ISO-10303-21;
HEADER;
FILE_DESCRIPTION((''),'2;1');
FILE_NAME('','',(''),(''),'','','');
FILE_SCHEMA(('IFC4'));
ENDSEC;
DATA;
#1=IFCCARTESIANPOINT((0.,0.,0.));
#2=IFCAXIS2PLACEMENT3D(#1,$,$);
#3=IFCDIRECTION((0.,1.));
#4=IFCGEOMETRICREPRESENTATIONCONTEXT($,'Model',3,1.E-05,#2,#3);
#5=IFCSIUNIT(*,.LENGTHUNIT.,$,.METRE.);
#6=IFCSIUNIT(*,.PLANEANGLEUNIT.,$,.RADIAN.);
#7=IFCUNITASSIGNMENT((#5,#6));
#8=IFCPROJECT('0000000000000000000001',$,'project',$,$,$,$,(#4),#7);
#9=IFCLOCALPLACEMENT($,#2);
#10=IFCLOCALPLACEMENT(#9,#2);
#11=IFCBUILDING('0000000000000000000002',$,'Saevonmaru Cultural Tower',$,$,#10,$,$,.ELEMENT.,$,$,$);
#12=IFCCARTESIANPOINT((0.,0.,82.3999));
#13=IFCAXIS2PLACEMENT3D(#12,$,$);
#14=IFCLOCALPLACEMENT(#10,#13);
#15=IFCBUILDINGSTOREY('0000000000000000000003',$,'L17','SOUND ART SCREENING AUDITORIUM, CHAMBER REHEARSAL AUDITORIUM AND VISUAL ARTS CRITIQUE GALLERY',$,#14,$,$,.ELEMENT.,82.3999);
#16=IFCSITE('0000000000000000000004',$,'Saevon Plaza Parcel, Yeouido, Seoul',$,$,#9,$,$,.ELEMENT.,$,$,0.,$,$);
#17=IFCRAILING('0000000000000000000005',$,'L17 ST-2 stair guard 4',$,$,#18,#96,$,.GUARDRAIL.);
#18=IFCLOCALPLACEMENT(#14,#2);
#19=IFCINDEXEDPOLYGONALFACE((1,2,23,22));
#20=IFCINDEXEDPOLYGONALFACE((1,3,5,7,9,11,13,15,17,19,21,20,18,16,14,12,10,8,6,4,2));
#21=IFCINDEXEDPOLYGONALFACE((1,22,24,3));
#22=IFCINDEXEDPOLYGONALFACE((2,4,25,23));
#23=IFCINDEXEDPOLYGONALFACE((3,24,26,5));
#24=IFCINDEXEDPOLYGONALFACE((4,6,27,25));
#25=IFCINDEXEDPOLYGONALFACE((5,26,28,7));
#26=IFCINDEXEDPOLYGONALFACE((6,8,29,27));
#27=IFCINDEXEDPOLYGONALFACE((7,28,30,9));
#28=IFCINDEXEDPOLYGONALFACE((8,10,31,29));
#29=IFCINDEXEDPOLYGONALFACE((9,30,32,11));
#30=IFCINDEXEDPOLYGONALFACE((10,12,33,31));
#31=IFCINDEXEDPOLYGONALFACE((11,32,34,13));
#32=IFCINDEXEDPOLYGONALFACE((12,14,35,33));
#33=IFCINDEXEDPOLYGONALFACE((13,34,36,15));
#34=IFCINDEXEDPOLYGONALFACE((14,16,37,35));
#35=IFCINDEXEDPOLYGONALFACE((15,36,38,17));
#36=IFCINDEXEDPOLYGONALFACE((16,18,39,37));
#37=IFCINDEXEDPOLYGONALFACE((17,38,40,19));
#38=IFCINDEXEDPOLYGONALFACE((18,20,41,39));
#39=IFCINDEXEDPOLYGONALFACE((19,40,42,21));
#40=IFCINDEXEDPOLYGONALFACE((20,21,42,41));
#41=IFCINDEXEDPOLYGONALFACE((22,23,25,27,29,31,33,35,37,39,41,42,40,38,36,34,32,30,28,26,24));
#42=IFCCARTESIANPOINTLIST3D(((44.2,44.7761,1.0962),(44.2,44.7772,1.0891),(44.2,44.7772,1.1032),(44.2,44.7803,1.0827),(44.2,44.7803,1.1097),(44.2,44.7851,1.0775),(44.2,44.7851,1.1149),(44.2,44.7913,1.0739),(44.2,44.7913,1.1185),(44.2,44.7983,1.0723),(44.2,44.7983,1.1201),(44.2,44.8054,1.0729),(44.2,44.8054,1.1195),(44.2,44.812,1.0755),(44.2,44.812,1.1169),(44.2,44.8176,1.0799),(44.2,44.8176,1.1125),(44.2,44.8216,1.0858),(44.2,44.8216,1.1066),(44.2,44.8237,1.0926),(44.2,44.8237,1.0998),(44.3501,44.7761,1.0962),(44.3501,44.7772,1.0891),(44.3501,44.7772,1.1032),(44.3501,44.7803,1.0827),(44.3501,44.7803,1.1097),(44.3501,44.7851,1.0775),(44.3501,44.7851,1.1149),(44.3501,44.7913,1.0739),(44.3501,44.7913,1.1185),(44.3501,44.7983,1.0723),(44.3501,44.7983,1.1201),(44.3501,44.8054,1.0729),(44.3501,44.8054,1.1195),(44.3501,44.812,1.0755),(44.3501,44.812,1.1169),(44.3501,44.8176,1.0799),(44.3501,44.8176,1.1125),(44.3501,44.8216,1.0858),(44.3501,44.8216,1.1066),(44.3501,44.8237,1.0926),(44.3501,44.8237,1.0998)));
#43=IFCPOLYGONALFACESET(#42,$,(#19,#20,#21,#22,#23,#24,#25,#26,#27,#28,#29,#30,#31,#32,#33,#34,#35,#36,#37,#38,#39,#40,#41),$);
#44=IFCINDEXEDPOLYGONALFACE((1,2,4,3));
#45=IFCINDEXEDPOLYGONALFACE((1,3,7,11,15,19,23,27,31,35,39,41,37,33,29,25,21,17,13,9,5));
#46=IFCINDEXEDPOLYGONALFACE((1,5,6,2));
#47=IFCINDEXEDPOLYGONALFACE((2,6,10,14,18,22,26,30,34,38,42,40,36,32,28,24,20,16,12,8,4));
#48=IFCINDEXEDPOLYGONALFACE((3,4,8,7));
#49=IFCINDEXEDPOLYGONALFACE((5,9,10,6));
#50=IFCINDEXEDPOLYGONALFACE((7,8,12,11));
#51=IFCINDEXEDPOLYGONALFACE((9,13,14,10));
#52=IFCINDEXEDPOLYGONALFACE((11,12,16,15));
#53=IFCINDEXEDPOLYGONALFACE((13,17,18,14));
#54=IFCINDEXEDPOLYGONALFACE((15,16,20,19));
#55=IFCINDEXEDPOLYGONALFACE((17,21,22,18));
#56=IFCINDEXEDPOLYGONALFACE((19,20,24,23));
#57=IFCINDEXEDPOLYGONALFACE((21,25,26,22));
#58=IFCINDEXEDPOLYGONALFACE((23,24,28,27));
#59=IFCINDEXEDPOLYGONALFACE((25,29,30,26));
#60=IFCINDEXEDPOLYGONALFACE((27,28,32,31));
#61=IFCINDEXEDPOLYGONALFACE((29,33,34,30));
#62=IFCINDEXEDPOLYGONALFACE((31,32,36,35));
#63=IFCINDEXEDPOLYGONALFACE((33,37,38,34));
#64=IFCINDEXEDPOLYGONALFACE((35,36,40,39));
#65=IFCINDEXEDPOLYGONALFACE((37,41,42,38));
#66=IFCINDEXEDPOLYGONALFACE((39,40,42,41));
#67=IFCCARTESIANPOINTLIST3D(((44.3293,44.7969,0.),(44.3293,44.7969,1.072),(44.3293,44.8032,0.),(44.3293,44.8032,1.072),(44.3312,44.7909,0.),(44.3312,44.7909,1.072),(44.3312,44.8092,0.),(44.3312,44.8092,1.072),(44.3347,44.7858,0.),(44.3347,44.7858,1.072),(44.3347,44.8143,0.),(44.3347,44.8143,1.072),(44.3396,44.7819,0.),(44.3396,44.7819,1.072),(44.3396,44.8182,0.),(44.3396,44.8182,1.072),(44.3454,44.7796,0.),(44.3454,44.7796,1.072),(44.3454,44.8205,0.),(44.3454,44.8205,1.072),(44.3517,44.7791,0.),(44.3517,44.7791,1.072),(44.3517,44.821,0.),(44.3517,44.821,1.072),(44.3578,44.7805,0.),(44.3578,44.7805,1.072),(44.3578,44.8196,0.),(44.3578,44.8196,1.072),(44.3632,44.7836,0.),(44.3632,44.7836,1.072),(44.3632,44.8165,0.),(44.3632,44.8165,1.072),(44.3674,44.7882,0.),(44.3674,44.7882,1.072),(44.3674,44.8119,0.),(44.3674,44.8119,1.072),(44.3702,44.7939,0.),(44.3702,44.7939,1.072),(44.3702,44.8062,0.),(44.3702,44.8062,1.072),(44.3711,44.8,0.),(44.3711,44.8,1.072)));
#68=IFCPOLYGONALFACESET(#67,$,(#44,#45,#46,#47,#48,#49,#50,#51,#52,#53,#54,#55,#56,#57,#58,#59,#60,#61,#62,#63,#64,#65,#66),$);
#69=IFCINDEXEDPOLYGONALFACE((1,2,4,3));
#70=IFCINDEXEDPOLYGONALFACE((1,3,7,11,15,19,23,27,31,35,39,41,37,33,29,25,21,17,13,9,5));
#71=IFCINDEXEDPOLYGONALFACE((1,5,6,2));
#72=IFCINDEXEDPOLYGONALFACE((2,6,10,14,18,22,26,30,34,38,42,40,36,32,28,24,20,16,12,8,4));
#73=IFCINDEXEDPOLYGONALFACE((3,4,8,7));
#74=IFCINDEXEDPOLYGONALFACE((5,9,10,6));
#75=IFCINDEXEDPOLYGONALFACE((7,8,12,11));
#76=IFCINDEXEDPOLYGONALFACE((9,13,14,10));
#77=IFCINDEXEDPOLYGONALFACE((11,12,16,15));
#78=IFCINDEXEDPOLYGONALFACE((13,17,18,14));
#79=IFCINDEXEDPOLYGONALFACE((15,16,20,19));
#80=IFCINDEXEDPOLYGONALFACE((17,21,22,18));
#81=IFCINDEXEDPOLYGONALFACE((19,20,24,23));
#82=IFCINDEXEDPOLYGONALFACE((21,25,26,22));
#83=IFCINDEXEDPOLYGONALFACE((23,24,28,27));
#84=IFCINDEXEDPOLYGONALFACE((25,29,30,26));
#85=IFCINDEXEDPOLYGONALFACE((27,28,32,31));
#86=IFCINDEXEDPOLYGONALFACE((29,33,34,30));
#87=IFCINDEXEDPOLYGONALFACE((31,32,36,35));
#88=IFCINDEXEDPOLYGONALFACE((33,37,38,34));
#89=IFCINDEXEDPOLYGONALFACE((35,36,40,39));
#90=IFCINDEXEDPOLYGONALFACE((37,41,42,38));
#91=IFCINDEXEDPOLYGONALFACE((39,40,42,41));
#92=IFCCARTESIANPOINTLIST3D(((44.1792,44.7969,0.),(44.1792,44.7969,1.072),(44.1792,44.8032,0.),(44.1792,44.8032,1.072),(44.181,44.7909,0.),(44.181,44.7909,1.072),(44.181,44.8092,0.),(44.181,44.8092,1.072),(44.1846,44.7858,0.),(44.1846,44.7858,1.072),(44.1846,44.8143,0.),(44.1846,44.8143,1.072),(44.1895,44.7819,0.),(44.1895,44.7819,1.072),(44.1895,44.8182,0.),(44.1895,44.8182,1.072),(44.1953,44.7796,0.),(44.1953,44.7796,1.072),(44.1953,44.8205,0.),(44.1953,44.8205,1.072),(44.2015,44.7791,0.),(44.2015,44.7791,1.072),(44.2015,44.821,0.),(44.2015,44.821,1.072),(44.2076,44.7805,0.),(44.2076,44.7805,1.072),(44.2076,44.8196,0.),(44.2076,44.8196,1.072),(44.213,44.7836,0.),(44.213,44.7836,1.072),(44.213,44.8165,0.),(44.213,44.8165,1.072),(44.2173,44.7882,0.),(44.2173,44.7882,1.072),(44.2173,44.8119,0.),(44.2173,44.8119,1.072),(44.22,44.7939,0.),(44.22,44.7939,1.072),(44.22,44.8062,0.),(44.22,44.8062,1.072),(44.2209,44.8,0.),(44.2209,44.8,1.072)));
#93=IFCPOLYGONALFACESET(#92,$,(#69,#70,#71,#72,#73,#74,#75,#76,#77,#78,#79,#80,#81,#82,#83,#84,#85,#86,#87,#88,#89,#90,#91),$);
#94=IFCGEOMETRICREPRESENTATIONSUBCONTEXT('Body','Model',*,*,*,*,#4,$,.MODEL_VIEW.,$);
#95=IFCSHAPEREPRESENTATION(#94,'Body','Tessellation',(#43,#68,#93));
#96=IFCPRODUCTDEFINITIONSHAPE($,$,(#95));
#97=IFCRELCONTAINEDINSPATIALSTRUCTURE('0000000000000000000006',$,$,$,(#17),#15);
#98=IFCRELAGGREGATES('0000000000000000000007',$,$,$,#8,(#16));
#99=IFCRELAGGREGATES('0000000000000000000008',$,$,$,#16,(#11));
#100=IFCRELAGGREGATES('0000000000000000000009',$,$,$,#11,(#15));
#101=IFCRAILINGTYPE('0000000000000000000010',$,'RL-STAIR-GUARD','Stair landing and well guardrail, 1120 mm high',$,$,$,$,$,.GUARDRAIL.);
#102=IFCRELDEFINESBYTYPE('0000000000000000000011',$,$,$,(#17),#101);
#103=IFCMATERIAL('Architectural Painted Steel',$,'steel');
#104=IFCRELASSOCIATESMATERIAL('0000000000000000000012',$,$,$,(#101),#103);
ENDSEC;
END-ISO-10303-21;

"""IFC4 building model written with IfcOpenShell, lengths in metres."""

from ifc_helpers import new_model, si_unit, direction, frame, origin, origin_2d, place, context, subcontext, project, spatial, circle, extrude, material, type_object, element, save


model = new_model("IFC4")

# Units and contexts
model_context = context("Model", 3, precision=1e-05, world=origin(), true_north=direction((0.0, 1.0)))
body_context = subcontext(model_context, "Body", "Model", "MODEL_VIEW")
ifc_project = project(units=[si_unit("LENGTHUNIT", "METRE"), si_unit("PLANEANGLEUNIT", "RADIAN")], contexts=[model_context])

# Site, building, storey
site_placement = place(None, origin())
site = spatial("IfcSite", under=ifc_project, at=site_placement, Name="Saevon Plaza Parcel, Yeouido, Seoul", CompositionType="ELEMENT", RefElevation=0.0)
building_placement = place(site_placement, origin())
building = spatial("IfcBuilding", under=site, at=building_placement, Name="Saevonmaru Cultural Tower", CompositionType="ELEMENT")
storey_placement = place(building_placement, frame((0.0, 0.0, 82.3999)))
storey = spatial("IfcBuildingStorey", under=building, at=storey_placement, Name="L17", Description="SOUND ART SCREENING AUDITORIUM, CHAMBER REHEARSAL AUDITORIUM AND VISUAL ARTS CRITIQUE GALLERY", CompositionType="ELEMENT", Elevation=82.3999)

# Railing
ifc_material_1 = material(Name="Architectural Painted Steel", Category="steel")
railing_type_1 = type_object("IfcRailingType", Name="RL-STAIR-GUARD", Description="Stair landing and well guardrail, 1120 mm high", PredefinedType="GUARDRAIL", material=ifc_material_1)
railing_1_placement = place(storey_placement, frame((44.3501, 44.8, 0.0)))
element("IfcRailing", 1, at=railing_1_placement, inside=storey, type_object=railing_type_1, Name="L17 ST-2 stair guard 4", PredefinedType="GUARDRAIL", context=body_context, shape_type="SweptSolid", body=[
    extrude(circle(Radius=0.0239, at=origin_2d()), frame((0.0, 0.0, 1.0962), z_axis=(-1.0, 0.0, 0.0), x_axis=(0.0, -1.0, 0.0)), (0.0, 0.0, 1.0), 0.1501),
    extrude(circle(Radius=0.021, at=origin_2d()), origin(), (0.0, 0.0, 1.0), 1.072),
    extrude(circle(Radius=0.021, at=origin_2d()), frame((-0.1501, 0.0, 0.0)), (0.0, 0.0, 1.0), 1.072),
])

save(model, "model.ifc")
